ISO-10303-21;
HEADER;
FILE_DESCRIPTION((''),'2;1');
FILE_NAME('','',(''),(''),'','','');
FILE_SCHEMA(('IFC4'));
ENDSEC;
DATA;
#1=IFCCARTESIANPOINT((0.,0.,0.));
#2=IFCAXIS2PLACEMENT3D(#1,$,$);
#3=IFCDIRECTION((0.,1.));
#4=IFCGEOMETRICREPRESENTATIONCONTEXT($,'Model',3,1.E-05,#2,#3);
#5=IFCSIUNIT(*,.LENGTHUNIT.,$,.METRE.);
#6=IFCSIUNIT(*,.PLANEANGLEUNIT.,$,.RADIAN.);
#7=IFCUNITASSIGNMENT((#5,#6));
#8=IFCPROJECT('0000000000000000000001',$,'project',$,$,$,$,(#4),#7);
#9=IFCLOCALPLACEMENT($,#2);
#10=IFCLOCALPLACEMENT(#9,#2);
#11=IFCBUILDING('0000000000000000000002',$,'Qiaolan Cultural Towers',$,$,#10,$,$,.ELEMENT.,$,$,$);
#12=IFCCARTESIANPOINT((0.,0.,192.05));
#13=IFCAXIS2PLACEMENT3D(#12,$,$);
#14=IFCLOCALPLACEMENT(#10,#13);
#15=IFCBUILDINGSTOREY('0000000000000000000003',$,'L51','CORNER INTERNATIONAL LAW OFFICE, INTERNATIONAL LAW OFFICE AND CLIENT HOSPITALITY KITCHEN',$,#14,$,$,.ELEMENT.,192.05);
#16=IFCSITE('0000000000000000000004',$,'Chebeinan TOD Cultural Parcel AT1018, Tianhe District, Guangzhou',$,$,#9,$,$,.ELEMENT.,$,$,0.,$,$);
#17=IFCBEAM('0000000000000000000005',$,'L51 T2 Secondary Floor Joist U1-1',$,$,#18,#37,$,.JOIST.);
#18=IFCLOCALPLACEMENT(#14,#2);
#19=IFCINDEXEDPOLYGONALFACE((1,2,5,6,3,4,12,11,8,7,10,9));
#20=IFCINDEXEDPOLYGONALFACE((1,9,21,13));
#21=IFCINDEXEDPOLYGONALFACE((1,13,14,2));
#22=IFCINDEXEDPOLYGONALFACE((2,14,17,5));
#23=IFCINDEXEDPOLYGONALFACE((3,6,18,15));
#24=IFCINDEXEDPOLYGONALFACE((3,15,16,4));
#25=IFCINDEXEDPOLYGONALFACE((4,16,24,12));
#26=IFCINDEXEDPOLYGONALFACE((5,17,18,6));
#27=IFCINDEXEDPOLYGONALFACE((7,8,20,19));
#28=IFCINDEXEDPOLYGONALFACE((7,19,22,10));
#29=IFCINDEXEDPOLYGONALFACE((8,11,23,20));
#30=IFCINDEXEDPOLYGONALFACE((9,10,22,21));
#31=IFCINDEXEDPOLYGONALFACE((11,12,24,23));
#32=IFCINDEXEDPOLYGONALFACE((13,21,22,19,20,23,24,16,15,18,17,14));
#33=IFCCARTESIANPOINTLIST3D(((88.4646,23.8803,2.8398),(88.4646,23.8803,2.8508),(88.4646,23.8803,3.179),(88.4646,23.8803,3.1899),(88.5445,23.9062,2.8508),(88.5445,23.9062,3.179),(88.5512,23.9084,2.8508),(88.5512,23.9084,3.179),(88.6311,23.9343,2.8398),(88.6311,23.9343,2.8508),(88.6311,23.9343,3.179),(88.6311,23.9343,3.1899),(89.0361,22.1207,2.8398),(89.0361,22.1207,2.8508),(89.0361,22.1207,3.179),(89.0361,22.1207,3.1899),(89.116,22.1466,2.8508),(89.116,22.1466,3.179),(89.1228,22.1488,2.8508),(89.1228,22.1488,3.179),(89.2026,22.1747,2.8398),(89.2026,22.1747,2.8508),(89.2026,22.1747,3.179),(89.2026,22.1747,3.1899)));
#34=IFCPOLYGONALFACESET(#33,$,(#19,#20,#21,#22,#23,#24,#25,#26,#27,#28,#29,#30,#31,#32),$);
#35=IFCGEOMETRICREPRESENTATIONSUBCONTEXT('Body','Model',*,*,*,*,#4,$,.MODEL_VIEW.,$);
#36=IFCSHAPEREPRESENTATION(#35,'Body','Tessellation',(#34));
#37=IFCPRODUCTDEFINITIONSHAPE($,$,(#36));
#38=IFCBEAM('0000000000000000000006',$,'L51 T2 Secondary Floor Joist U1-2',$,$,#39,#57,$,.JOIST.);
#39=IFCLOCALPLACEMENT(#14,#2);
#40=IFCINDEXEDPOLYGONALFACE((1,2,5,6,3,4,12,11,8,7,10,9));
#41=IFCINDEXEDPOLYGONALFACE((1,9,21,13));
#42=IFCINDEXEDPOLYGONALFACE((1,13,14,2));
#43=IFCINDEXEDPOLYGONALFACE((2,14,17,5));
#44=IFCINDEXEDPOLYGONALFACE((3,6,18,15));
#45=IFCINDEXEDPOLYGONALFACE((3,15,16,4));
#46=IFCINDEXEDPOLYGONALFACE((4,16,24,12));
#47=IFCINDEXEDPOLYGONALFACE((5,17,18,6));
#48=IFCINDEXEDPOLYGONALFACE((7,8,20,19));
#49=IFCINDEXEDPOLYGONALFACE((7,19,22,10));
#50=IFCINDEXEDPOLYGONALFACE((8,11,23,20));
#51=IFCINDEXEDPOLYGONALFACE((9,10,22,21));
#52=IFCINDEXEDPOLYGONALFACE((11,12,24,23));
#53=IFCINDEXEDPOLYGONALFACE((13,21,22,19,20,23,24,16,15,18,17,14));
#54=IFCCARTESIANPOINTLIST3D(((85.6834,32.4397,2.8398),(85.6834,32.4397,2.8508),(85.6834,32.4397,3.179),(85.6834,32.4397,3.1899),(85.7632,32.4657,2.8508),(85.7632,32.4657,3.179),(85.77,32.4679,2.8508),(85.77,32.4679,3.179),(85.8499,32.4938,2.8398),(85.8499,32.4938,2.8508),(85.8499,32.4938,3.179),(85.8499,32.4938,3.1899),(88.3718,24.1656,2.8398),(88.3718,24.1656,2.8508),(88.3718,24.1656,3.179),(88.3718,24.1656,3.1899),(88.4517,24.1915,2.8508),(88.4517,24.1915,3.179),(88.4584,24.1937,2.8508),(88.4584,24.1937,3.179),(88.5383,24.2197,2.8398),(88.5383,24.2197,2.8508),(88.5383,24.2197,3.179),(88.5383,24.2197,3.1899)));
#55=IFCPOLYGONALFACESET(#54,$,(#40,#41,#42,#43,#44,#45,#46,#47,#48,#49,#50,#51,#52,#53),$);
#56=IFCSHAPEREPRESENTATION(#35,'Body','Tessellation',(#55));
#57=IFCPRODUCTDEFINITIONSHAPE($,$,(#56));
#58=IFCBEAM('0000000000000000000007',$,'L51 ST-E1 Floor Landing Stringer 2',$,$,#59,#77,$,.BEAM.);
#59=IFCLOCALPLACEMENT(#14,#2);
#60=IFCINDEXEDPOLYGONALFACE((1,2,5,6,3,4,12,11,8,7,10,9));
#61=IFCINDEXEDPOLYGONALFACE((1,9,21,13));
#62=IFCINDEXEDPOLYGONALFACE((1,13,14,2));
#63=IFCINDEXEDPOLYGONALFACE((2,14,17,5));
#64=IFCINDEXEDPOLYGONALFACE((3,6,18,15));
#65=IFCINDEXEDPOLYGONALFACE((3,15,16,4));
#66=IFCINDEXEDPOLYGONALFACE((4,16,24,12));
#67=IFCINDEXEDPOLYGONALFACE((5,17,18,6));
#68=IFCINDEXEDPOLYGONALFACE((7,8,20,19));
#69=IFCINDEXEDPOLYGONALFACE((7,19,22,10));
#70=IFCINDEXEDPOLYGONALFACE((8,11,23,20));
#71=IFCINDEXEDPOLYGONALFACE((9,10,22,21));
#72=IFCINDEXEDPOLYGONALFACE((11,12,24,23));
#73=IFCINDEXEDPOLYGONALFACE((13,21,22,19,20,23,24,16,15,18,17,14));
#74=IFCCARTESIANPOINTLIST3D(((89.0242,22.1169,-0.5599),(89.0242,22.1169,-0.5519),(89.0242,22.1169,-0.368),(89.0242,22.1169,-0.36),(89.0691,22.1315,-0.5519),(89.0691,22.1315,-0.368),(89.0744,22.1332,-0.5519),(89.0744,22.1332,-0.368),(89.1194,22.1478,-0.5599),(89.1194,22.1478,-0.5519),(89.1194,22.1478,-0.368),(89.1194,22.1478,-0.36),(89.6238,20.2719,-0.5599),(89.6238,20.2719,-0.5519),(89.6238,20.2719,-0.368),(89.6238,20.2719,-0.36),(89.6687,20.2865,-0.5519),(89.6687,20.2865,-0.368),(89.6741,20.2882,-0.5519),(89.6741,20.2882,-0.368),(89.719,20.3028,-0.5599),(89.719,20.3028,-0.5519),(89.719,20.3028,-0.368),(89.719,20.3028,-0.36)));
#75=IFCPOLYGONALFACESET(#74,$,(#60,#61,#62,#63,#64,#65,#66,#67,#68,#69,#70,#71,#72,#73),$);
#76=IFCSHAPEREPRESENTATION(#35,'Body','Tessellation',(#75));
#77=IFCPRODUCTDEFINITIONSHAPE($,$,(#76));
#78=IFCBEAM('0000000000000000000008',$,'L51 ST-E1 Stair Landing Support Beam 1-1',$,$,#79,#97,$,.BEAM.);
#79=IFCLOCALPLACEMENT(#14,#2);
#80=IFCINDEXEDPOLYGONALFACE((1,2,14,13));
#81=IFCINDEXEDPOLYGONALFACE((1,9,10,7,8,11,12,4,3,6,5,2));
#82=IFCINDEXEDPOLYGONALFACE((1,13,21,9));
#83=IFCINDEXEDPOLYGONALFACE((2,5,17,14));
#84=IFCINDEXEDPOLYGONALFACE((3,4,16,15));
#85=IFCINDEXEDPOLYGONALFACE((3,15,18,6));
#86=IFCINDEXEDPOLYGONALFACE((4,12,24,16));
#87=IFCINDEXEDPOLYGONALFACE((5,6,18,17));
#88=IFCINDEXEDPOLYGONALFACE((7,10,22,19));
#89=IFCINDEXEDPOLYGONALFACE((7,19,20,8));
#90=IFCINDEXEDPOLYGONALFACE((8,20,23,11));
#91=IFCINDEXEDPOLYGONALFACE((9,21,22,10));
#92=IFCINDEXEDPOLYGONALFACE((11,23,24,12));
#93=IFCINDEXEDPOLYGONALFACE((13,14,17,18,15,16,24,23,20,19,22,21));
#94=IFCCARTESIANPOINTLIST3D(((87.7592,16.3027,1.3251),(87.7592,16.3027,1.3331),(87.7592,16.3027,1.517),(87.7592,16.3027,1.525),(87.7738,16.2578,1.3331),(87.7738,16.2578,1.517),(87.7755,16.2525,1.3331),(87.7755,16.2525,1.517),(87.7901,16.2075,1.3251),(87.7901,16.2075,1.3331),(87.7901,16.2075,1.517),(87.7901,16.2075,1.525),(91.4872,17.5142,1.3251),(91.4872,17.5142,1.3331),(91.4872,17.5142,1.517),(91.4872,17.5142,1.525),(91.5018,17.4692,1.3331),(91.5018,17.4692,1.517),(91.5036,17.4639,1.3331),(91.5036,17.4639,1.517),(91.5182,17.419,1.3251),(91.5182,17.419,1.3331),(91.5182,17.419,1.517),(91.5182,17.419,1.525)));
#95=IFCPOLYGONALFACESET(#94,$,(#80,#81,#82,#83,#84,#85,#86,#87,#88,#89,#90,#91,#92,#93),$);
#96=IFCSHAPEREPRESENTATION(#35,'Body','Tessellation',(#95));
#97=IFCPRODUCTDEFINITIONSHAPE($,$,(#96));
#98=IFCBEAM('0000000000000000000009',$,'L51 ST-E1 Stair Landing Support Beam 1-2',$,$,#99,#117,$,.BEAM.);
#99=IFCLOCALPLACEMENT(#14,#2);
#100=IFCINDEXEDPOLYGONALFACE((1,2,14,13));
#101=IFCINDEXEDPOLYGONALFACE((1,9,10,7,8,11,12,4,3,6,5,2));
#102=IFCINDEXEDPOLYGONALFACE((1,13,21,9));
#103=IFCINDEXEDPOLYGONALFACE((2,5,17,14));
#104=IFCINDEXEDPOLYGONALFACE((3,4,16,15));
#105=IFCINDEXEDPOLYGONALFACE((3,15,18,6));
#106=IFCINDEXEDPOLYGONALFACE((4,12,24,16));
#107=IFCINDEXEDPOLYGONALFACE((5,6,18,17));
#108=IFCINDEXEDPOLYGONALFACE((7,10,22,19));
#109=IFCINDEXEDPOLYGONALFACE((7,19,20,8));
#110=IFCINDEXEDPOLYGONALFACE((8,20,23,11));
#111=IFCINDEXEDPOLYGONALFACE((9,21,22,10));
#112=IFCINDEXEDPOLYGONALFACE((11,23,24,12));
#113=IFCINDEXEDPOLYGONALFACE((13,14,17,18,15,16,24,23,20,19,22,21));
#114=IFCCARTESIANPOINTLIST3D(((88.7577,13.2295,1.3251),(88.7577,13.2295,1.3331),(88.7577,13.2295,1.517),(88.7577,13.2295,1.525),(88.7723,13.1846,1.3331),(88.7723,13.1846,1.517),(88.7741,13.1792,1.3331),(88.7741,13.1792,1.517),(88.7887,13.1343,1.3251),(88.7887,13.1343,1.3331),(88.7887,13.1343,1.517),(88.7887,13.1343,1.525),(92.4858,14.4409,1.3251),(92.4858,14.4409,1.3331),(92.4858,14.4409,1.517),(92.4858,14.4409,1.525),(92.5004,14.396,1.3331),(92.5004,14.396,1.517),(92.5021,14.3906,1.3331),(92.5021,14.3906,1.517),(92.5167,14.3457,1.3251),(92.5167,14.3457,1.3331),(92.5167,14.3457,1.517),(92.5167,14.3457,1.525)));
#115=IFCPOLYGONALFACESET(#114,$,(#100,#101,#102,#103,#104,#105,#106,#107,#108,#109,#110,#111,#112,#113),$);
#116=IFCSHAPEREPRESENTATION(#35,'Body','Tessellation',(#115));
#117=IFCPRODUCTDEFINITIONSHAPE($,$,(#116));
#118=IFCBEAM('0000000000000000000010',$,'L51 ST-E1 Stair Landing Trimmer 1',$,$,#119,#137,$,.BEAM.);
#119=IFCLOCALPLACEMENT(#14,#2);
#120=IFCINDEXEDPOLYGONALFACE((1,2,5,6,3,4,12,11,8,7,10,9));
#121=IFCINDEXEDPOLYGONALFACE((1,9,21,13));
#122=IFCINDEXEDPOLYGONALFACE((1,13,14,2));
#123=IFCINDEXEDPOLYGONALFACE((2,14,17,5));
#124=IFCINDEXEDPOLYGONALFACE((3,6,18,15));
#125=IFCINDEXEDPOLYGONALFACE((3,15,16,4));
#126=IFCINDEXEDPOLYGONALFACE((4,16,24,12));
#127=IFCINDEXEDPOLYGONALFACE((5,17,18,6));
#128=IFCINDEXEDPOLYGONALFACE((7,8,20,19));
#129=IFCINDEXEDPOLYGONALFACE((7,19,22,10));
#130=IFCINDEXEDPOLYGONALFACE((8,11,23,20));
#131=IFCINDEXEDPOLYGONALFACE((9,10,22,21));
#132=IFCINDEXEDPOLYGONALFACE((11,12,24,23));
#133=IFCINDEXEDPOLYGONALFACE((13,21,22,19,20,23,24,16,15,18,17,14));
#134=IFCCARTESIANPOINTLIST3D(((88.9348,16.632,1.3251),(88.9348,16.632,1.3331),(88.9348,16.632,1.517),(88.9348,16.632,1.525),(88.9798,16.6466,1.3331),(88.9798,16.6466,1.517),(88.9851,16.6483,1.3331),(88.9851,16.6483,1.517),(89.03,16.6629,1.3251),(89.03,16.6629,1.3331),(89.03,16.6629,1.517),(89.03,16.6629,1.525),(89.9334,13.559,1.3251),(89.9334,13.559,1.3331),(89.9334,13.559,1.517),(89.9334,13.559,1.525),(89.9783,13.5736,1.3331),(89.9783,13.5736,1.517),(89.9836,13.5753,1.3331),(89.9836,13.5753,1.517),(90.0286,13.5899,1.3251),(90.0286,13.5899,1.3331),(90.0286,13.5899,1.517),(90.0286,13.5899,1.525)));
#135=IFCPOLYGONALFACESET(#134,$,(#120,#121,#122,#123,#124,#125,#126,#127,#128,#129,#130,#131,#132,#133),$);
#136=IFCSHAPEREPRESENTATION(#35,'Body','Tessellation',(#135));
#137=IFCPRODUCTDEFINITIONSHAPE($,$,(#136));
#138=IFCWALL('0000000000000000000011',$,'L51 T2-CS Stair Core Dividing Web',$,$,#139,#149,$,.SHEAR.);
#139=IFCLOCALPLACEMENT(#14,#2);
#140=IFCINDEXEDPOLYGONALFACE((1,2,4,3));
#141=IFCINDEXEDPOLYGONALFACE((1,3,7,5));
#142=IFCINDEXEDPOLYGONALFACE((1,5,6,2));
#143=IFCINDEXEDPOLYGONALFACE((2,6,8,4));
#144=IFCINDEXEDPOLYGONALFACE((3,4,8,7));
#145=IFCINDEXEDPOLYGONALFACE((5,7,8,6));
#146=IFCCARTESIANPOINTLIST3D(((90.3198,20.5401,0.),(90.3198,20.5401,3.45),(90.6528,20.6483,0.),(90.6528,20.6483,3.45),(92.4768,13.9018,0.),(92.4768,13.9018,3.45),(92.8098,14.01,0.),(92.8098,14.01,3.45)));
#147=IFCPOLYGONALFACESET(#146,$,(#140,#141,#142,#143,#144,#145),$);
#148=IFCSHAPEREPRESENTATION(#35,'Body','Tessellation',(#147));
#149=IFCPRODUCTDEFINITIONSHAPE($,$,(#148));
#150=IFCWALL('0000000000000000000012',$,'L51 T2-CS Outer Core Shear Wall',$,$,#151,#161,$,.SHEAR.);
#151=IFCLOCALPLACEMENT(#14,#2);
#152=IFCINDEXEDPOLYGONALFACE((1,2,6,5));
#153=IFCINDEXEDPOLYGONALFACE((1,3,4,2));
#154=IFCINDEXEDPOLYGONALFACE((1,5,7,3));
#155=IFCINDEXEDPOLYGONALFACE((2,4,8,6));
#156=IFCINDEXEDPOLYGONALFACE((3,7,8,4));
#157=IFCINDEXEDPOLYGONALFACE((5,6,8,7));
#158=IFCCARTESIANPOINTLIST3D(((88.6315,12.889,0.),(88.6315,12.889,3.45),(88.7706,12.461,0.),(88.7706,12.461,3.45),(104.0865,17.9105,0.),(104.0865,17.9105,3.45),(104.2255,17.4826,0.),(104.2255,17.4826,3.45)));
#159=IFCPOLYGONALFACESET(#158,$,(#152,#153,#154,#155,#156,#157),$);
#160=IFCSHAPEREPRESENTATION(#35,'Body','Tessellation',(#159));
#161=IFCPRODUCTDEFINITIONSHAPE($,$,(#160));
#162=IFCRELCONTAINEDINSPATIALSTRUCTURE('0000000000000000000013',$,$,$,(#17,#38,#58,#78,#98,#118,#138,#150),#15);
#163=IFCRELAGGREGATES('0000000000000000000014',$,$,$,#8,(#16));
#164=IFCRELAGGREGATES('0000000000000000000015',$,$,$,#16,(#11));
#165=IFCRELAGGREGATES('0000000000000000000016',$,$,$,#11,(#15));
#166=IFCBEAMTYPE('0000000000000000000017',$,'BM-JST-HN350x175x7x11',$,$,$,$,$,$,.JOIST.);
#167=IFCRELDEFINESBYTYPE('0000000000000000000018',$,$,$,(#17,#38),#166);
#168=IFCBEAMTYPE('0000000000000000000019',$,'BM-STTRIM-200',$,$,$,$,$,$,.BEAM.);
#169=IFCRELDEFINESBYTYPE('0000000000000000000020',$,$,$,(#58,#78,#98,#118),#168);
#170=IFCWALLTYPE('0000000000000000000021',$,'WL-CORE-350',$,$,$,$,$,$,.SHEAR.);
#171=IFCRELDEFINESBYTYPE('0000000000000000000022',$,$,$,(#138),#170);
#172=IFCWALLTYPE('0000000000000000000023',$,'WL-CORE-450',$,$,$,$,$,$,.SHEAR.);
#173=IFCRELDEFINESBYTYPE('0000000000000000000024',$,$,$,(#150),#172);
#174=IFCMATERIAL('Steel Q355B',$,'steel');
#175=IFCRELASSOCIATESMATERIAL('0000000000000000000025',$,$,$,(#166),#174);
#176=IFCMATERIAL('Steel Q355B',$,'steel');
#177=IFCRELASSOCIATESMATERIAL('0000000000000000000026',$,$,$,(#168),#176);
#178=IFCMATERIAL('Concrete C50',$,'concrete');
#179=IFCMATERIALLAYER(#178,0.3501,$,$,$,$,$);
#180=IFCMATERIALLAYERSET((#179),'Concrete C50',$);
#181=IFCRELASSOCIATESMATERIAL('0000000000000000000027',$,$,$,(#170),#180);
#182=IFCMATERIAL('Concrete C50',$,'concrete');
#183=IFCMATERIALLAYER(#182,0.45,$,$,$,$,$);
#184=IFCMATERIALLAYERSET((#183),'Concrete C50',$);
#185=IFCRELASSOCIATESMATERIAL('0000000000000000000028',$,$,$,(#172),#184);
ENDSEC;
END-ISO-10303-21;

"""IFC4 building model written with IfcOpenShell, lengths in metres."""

from ifc_helpers import new_model, si_unit, direction, frame, frame_2d, origin, origin_2d, place, context, subcontext, project, spatial, rectangle, i_section, extrude, material, layer, layer_set, material_profile, profile_set, type_object, element, save


model = new_model("IFC4")

# Units and contexts
model_context = context("Model", 3, precision=1e-05, world=origin(), true_north=direction((0.0, 1.0)))
body_context = subcontext(model_context, "Body", "Model", "MODEL_VIEW")
ifc_project = project(units=[si_unit("LENGTHUNIT", "METRE"), si_unit("PLANEANGLEUNIT", "RADIAN")], contexts=[model_context])

# Site, building, storey
site_placement = place(None, origin())
site = spatial("IfcSite", under=ifc_project, at=site_placement, Name="Chebeinan TOD Cultural Parcel AT1018, Tianhe District, Guangzhou", CompositionType="ELEMENT", RefElevation=0.0)
building_placement = place(site_placement, origin())
building = spatial("IfcBuilding", under=site, at=building_placement, Name="Qiaolan Cultural Towers", CompositionType="ELEMENT")
storey_placement = place(building_placement, frame((0.0, 0.0, 192.05)))
storey = spatial("IfcBuildingStorey", under=building, at=storey_placement, Name="L51", Description="CORNER INTERNATIONAL LAW OFFICE, INTERNATIONAL LAW OFFICE AND CLIENT HOSPITALITY KITCHEN", CompositionType="ELEMENT", Elevation=192.05)

# Beams
ifc_material_1 = material(Name="Steel Q355B", Category="steel")
ifc_material_profile_1 = material_profile(ifc_material_1, i_section(OverallWidth=0.175, OverallDepth=0.3501, WebThickness=0.0071, FlangeThickness=0.011, at=origin_2d()), Name="HN350x175x7x11")
ifc_profile_set_1 = profile_set([ifc_material_profile_1], Name="Steel Q355B")
beam_type_1 = type_object("IfcBeamType", Name="BM-JST-HN350x175x7x11", PredefinedType="JOIST", material=ifc_profile_set_1)
beam_1_placement = place(storey_placement, frame((89.1194, 22.1477, 3.0149), z_axis=(-0.308934, 0.951084, 0.0), x_axis=(-0.951084, -0.308934, 0.0)))
element("IfcBeam", 1, at=beam_1_placement, inside=storey, type_object=beam_type_1, Name="L51 T2 Secondary Floor Joist U1-1", PredefinedType="JOIST", context=body_context, shape_type="SweptSolid", body=[
    extrude(i_section(OverallWidth=0.175, OverallDepth=0.3501, WebThickness=0.0071, FlangeThickness=0.011, at=origin_2d()), origin(), (0.0, 0.0, 1.0), 1.8501),
])
beam_2_placement = place(storey_placement, frame((88.4551, 24.1926, 3.0149), z_axis=(-0.309021, 0.951055, 0.0), x_axis=(-0.951055, -0.309021, 0.0)))
element("IfcBeam", 2, at=beam_2_placement, inside=storey, type_object=beam_type_1, Name="L51 T2 Secondary Floor Joist U1-2", PredefinedType="JOIST", context=body_context, shape_type="SweptSolid", body=[
    extrude(i_section(OverallWidth=0.175, OverallDepth=0.3501, WebThickness=0.0071, FlangeThickness=0.011, at=origin_2d()), origin(), (0.0, 0.0, 1.0), 8.7),
])
ifc_material_2 = material(Name="Steel Q355B", Category="steel")
ifc_material_profile_2 = material_profile(ifc_material_2, i_section(OverallWidth=0.1001, OverallDepth=0.2, WebThickness=0.0056, FlangeThickness=0.0081, at=origin_2d()), Name="HN200x100x5.5x8")
ifc_profile_set_2 = profile_set([ifc_material_profile_2], Name="Steel Q355B")
beam_type_2 = type_object("IfcBeamType", Name="BM-STTRIM-200", PredefinedType="BEAM", material=ifc_profile_set_2)
beam_3_placement = place(storey_placement, frame((89.0718, 22.1323, -0.46), z_axis=(0.309083, -0.951035, 0.0), x_axis=(0.951035, 0.309083, 0.0)))
element("IfcBeam", 3, at=beam_3_placement, inside=storey, type_object=beam_type_2, Name="L51 ST-E1 Floor Landing Stringer 2", PredefinedType="BEAM", context=body_context, shape_type="SweptSolid", body=[
    extrude(i_section(OverallWidth=0.1001, OverallDepth=0.2, WebThickness=0.0056, FlangeThickness=0.0081, at=origin_2d()), origin(), (0.0, 0.0, 1.0), 1.9399),
])
for number, where, z_axis, x_axis, name in (
    (4, (87.7747, 16.2551, 1.425), (0.951048, 0.309044, 0.0), (-0.309044, 0.951048, 0.0), "L51 ST-E1 Stair Landing Support Beam 1-1"),
    (5, (88.7732, 13.1819, 1.425), (0.951048, 0.309044, 0.0), (-0.309044, 0.951048, 0.0), "L51 ST-E1 Stair Landing Support Beam 1-2"),
):
    element("IfcBeam", number, at=place(storey_placement, frame(where, z_axis=z_axis, x_axis=x_axis)), inside=storey, type_object=beam_type_2, Name=name, PredefinedType="BEAM", context=body_context, shape_type="SweptSolid", body=[
        extrude(i_section(OverallWidth=0.1001, OverallDepth=0.2, WebThickness=0.0056, FlangeThickness=0.0081, at=origin_2d()), origin(), (0.0, 0.0, 1.0), 3.9199),
    ])
beam_4_placement = place(storey_placement, frame((88.9824, 16.6475, 1.425), z_axis=(0.309033, -0.951051, 0.0), x_axis=(0.951051, 0.309033, 0.0)))
element("IfcBeam", 6, at=beam_4_placement, inside=storey, type_object=beam_type_2, Name="L51 ST-E1 Stair Landing Trimmer 1", PredefinedType="BEAM", context=body_context, shape_type="SweptSolid", body=[
    extrude(i_section(OverallWidth=0.1001, OverallDepth=0.2, WebThickness=0.0056, FlangeThickness=0.0081, at=origin_2d()), origin(), (0.0, 0.0, 1.0), 3.2312),
])

# Walls
ifc_material_3 = material(Name="Concrete C50", Category="concrete")
ifc_layer_1 = layer(ifc_material_3, 0.3501)
ifc_layer_set_1 = layer_set([ifc_layer_1], Name="Concrete C50")
wall_type_1 = type_object("IfcWallType", Name="WL-CORE-350", PredefinedType="SHEAR", material=ifc_layer_set_1)
wall_1_placement = place(storey_placement, frame((90.4863, 20.5942, 0.0), z_axis=(0.0, 0.0, 1.0), x_axis=(0.30902, -0.951055, 0.0)))
element("IfcWall", 7, at=wall_1_placement, inside=storey, type_object=wall_type_1, Name="L51 T2-CS Stair Core Dividing Web", PredefinedType="SHEAR", context=body_context, shape_type="SweptSolid", body=[
    extrude(rectangle(XDim=6.98, YDim=0.3501, at=frame_2d((3.49, 0.0))), origin(), (0.0, 0.0, 1.0), 3.45),
])
ifc_material_4 = material(Name="Concrete C50", Category="concrete")
ifc_layer_2 = layer(ifc_material_4, 0.45)
ifc_layer_set_2 = layer_set([ifc_layer_2], Name="Concrete C50")
wall_type_2 = type_object("IfcWallType", Name="WL-CORE-450", PredefinedType="SHEAR", material=ifc_layer_set_2)
wall_2_placement = place(storey_placement, frame((88.7012, 12.675, 0.0), z_axis=(0.0, 0.0, 1.0), x_axis=(0.951058, 0.309012, 0.0)))
element("IfcWall", 8, at=wall_2_placement, inside=storey, type_object=wall_type_2, Name="L51 T2-CS Outer Core Shear Wall", PredefinedType="SHEAR", context=body_context, shape_type="SweptSolid", body=[
    extrude(rectangle(XDim=16.2502, YDim=0.45, at=frame_2d((8.125, 0.0))), origin(), (0.0, 0.0, 1.0), 3.45),
])

save(model, "model.ifc")
